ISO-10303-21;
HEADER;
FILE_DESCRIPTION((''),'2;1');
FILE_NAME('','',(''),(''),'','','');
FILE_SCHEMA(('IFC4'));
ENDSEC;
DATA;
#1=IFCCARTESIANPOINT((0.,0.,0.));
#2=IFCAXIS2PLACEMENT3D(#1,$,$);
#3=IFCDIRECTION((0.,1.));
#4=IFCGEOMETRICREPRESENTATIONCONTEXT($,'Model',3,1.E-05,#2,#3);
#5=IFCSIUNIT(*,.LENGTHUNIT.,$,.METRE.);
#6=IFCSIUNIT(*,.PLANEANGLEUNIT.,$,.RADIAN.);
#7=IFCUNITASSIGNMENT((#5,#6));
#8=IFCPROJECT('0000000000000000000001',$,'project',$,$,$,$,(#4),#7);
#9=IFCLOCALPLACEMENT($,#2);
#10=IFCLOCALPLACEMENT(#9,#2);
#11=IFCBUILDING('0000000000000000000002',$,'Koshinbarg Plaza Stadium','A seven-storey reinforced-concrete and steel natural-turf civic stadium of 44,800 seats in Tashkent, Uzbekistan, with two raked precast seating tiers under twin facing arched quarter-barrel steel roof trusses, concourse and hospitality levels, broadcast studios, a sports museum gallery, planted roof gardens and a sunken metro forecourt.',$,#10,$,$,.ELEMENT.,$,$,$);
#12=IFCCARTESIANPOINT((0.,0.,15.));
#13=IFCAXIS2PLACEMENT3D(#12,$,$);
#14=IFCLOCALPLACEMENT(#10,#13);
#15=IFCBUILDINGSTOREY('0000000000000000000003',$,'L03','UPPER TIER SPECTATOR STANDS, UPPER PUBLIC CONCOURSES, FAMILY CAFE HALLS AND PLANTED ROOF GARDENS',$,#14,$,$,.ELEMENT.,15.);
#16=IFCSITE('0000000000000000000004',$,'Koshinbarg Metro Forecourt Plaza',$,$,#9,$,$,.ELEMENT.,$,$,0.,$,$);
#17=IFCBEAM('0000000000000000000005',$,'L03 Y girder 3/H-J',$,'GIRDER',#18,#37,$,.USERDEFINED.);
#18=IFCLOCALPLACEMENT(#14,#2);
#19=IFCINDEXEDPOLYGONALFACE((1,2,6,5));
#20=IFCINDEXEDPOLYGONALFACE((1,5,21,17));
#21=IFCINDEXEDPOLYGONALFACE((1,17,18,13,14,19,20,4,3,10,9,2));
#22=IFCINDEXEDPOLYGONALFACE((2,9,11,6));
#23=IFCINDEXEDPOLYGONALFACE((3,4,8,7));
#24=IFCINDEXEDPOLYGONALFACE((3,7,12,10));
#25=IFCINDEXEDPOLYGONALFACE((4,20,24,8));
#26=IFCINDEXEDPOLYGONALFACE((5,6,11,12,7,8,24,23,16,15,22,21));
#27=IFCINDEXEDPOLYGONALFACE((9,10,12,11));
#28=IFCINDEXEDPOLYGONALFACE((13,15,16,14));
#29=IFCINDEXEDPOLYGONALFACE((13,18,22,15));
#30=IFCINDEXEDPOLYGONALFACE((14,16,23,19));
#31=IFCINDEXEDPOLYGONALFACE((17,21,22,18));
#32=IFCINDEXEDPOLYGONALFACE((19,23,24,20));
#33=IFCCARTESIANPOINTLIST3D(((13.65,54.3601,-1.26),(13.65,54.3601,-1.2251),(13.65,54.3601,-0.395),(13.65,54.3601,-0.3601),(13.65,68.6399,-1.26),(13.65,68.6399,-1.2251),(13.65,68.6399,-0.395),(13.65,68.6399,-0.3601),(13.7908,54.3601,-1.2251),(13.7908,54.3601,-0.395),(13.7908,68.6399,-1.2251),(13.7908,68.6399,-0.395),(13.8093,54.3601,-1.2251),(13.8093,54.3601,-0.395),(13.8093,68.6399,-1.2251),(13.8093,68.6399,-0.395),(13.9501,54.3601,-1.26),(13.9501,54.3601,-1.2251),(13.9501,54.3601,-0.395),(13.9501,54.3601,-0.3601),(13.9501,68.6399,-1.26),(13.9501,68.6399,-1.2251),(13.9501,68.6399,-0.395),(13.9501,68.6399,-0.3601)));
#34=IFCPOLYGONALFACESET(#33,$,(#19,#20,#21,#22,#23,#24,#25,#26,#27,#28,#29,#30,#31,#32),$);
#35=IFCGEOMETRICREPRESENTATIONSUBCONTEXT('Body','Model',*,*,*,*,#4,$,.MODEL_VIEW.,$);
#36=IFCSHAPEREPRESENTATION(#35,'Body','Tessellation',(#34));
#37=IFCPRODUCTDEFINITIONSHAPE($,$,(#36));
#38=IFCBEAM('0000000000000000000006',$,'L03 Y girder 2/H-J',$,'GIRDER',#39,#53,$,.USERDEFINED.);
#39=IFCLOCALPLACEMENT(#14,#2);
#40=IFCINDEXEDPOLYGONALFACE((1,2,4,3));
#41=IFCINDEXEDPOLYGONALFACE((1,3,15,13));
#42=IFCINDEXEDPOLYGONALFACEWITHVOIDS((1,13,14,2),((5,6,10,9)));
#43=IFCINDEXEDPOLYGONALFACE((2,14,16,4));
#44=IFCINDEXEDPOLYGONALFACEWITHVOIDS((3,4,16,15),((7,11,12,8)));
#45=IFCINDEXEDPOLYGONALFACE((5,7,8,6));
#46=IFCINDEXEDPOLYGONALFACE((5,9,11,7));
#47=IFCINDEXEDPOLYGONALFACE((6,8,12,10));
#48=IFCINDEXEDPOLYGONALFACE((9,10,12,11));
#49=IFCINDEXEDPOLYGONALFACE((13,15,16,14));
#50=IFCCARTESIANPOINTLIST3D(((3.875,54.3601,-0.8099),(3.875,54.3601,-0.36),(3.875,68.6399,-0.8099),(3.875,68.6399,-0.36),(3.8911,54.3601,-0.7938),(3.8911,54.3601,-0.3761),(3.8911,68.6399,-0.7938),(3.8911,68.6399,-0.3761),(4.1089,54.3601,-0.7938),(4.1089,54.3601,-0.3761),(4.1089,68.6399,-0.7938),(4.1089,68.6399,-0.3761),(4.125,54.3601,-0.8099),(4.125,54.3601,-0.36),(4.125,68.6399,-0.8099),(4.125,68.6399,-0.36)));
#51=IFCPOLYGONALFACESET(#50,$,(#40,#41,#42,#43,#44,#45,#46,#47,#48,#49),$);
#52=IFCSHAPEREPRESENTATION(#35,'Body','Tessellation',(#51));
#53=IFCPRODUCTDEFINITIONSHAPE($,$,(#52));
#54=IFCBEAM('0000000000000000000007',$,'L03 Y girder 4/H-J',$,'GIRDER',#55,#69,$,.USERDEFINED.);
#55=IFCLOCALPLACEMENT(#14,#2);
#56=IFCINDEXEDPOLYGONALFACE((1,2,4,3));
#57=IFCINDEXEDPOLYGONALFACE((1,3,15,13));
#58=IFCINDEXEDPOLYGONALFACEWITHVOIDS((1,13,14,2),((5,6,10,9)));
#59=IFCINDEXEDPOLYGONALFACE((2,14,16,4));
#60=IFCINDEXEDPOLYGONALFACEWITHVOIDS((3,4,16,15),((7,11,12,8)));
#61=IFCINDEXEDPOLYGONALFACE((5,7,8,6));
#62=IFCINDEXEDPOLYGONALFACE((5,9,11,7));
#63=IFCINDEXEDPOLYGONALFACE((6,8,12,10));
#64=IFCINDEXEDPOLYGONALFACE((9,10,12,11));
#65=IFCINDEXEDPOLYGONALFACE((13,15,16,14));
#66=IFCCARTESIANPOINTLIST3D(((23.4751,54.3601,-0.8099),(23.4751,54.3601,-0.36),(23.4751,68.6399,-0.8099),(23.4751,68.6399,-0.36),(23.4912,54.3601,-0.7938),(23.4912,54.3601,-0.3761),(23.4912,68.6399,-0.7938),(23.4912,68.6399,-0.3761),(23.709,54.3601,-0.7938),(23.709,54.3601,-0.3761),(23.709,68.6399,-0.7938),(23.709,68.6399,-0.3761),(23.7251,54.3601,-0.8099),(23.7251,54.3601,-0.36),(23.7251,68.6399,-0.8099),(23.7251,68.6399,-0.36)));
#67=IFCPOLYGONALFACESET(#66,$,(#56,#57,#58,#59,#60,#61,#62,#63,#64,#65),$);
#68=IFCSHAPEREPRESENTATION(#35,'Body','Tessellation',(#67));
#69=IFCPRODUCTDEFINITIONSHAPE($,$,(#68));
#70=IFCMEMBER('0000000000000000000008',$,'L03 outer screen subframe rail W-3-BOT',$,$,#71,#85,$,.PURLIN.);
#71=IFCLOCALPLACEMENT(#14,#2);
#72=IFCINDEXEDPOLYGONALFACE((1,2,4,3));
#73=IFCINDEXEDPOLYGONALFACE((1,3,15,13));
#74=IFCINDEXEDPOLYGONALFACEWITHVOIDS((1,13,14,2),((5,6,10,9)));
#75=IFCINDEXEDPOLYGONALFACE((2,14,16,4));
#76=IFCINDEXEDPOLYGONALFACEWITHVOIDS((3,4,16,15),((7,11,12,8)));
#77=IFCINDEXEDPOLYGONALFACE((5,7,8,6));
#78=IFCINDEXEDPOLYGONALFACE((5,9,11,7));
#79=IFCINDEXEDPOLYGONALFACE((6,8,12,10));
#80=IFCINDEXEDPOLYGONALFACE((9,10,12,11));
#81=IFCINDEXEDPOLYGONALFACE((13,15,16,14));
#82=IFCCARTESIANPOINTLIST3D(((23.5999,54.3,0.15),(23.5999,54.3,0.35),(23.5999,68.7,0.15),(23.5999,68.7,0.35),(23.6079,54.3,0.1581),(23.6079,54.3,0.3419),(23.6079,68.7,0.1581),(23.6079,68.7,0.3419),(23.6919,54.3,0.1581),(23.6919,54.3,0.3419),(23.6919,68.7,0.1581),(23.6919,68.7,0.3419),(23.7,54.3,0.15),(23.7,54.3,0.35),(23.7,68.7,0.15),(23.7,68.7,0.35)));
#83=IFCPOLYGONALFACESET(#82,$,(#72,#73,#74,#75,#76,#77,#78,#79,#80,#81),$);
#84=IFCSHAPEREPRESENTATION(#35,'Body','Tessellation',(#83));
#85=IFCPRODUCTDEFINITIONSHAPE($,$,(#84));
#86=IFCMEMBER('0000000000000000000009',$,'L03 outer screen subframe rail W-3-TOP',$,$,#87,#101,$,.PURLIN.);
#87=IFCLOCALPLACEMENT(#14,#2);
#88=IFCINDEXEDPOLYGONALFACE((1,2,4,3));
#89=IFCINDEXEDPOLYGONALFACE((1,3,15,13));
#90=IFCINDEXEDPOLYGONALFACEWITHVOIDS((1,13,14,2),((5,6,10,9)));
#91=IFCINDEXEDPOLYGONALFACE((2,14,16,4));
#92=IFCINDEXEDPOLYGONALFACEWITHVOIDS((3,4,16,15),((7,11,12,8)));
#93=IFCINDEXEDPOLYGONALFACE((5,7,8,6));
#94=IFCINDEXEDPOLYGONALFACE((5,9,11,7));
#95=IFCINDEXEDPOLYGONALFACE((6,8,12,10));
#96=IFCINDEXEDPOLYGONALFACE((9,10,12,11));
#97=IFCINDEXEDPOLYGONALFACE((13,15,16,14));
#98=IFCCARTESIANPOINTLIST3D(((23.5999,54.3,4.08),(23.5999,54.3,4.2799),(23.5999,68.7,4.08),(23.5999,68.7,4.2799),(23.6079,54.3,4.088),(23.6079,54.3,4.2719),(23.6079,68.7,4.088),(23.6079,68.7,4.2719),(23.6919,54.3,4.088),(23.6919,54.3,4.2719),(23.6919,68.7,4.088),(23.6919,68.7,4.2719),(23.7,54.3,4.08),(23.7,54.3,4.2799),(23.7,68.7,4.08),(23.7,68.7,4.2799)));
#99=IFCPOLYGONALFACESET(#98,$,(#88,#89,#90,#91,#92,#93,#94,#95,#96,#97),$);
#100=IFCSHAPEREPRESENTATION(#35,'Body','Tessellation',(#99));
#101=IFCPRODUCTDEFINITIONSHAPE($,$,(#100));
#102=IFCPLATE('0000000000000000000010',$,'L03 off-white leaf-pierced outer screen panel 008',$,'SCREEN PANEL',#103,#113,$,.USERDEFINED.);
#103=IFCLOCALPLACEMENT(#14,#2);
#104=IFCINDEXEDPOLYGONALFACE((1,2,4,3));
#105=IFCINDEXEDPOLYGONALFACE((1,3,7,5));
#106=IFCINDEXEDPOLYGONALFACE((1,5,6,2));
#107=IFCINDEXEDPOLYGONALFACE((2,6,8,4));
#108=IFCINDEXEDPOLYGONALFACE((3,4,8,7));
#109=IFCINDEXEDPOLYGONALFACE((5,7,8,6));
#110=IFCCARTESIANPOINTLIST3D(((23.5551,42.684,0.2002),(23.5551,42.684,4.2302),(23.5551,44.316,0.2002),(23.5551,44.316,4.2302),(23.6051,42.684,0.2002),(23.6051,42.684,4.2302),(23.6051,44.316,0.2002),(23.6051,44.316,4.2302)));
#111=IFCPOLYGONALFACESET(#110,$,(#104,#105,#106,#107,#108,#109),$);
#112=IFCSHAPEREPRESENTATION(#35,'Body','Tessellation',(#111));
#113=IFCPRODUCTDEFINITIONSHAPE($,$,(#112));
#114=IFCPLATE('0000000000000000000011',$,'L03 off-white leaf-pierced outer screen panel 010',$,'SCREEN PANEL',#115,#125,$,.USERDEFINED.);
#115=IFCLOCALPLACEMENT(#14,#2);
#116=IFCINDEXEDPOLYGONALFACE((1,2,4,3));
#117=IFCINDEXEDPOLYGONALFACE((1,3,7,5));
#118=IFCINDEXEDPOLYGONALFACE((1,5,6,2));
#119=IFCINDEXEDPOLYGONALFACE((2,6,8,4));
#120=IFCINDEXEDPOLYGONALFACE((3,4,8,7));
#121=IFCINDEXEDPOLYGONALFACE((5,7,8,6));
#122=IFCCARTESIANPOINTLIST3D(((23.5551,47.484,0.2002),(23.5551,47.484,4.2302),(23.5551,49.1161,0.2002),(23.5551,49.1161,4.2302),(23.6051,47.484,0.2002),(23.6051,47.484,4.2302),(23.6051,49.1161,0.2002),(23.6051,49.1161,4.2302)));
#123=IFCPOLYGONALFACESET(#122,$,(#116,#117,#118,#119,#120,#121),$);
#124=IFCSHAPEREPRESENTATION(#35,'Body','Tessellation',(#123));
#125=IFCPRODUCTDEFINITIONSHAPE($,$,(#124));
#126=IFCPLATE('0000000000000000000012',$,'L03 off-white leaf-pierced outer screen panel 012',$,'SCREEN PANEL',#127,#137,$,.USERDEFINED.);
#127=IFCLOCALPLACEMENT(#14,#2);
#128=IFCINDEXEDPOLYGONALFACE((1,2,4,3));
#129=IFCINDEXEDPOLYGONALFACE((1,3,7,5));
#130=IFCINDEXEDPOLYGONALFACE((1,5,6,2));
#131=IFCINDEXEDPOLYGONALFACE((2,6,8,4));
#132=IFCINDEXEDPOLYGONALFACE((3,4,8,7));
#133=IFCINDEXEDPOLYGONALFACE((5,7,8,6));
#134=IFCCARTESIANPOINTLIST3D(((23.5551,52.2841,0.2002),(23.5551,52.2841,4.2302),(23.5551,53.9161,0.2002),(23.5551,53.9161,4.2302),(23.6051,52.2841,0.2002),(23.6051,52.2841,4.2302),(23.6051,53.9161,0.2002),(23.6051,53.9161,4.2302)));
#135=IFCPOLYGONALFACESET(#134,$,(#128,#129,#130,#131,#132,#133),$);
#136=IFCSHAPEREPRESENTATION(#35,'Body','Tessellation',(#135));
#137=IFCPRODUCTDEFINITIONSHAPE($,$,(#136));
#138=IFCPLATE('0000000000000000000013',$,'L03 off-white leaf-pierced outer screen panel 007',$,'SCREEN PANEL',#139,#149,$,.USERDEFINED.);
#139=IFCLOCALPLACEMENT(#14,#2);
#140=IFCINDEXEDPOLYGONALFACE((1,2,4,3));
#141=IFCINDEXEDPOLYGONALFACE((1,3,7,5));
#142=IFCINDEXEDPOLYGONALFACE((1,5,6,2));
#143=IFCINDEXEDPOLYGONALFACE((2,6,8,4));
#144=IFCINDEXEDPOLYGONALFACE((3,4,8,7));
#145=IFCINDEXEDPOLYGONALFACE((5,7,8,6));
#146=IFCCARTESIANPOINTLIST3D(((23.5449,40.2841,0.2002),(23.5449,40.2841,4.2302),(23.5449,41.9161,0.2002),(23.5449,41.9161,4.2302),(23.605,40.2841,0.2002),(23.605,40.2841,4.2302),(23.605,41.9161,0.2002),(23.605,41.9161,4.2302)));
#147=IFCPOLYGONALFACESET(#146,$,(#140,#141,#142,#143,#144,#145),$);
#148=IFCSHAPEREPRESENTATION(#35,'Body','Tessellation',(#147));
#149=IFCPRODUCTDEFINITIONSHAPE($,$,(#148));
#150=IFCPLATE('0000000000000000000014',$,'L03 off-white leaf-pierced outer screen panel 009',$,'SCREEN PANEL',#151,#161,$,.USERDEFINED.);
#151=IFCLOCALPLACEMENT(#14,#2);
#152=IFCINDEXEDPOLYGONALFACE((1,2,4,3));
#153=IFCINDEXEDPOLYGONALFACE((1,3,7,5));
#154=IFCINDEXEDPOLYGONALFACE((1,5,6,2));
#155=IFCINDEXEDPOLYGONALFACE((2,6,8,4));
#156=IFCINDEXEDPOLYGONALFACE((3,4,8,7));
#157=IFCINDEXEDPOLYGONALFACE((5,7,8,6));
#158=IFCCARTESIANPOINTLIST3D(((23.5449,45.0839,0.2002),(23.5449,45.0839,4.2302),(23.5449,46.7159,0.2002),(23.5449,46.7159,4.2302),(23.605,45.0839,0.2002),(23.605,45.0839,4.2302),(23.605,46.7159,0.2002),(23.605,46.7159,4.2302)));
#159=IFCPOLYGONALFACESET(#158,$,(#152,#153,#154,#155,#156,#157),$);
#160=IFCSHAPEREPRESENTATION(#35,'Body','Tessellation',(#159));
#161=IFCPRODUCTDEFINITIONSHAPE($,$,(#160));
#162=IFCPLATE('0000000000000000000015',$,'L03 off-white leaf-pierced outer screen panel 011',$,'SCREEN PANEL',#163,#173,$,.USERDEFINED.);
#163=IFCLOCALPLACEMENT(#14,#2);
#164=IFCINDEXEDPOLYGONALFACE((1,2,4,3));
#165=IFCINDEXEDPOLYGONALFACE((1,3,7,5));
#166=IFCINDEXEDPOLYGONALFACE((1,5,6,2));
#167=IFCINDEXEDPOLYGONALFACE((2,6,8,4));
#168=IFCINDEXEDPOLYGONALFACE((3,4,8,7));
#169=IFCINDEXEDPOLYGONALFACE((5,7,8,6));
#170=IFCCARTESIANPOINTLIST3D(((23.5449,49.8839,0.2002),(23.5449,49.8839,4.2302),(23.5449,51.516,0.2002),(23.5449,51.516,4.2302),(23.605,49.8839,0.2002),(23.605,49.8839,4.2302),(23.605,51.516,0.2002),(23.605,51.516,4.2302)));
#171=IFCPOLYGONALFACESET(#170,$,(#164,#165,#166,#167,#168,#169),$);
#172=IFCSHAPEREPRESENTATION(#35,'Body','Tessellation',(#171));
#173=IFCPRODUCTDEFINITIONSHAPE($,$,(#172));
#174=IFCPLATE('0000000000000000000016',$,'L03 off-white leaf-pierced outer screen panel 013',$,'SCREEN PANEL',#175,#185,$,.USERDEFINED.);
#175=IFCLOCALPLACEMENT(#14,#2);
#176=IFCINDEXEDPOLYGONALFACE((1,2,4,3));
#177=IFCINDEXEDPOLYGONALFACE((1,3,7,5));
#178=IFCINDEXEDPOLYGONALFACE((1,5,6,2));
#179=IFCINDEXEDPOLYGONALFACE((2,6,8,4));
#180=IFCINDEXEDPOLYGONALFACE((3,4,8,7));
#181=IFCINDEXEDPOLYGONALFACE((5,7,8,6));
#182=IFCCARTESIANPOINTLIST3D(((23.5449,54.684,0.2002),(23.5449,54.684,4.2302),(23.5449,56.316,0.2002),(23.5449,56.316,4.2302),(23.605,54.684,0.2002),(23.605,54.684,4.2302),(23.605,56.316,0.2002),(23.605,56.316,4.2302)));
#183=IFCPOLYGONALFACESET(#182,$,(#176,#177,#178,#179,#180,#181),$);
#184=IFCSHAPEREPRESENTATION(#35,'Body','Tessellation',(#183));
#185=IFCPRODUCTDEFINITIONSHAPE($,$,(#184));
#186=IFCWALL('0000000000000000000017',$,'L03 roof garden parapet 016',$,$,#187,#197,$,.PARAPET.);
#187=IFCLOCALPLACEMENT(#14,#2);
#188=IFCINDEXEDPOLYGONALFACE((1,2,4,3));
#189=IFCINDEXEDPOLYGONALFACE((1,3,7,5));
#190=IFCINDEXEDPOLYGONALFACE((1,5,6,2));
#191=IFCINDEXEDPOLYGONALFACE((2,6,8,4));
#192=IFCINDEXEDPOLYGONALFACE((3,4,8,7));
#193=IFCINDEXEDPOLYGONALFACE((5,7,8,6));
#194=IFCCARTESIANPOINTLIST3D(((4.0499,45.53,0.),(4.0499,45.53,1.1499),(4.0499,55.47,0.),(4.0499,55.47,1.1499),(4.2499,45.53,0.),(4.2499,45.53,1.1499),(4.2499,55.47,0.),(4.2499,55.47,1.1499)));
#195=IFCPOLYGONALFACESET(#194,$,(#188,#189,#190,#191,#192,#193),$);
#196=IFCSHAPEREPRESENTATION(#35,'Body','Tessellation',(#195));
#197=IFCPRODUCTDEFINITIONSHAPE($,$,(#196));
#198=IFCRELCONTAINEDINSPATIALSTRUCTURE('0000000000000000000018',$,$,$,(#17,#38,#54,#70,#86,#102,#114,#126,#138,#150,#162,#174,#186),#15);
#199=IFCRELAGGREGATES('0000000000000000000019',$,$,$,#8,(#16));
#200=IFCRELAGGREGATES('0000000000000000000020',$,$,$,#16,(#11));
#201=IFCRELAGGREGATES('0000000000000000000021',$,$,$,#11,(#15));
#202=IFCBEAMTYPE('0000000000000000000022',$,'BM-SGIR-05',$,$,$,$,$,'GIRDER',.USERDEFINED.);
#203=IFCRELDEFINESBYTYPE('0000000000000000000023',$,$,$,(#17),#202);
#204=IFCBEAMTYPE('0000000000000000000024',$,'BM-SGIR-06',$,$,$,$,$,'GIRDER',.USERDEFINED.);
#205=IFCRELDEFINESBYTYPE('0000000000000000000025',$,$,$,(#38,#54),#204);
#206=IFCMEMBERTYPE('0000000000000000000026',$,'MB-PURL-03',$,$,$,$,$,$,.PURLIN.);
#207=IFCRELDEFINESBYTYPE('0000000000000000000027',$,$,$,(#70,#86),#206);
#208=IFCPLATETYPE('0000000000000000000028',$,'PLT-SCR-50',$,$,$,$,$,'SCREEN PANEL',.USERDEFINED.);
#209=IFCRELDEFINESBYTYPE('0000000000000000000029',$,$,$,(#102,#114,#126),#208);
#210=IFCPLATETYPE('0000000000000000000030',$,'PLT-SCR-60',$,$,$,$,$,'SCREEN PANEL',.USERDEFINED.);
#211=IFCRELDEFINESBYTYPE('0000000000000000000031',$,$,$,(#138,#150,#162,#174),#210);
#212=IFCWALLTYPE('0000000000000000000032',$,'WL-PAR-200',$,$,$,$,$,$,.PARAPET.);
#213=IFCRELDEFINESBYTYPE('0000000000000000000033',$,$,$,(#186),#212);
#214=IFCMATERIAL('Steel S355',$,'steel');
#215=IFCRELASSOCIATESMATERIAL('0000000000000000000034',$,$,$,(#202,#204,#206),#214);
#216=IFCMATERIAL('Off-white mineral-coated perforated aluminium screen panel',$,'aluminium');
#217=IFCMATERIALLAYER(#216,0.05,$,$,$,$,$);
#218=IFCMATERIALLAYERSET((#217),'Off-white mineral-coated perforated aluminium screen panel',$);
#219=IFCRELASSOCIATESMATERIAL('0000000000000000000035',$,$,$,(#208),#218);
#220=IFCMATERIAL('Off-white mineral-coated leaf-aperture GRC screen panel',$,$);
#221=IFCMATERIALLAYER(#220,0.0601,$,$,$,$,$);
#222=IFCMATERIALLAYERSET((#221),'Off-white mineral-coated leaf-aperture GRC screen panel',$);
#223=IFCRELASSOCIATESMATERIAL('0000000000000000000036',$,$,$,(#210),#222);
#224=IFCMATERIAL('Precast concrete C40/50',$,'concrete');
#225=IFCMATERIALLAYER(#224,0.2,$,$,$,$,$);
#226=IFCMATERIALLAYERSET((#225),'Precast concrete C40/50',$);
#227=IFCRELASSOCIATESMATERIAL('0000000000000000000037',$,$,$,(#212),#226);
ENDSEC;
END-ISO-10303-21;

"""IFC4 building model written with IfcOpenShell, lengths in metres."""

from ifc_helpers import new_model, si_unit, direction, frame, frame_2d, origin, origin_2d, place, context, subcontext, project, spatial, rectangle, hollow_rectangle, i_section, extrude, material, layer, layer_set, material_profile, profile_set, type_object, element, save


model = new_model("IFC4")

# Units and contexts
model_context = context("Model", 3, precision=1e-05, world=origin(), true_north=direction((0.0, 1.0)))
body_context = subcontext(model_context, "Body", "Model", "MODEL_VIEW")
ifc_project = project(units=[si_unit("LENGTHUNIT", "METRE"), si_unit("PLANEANGLEUNIT", "RADIAN")], contexts=[model_context])

# Site, building, storey
site_placement = place(None, origin())
site = spatial("IfcSite", under=ifc_project, at=site_placement, Name="Koshinbarg Metro Forecourt Plaza", CompositionType="ELEMENT", RefElevation=0.0)
building_placement = place(site_placement, origin())
building = spatial("IfcBuilding", under=site, at=building_placement, Name="Koshinbarg Plaza Stadium", Description="A seven-storey reinforced-concrete and steel natural-turf civic stadium of 44,800 seats in Tashkent, Uzbekistan, with two raked precast seating tiers under twin facing arched quarter-barrel steel roof trusses, concourse and hospitality levels, broadcast studios, a sports museum gallery, planted roof gardens and a sunken metro forecourt.", CompositionType="ELEMENT")
storey_placement = place(building_placement, frame((0.0, 0.0, 15.0)))
storey = spatial("IfcBuildingStorey", under=building, at=storey_placement, Name="L03", Description="UPPER TIER SPECTATOR STANDS, UPPER PUBLIC CONCOURSES, FAMILY CAFE HALLS AND PLANTED ROOF GARDENS", CompositionType="ELEMENT", Elevation=15.0)

# Beams
ifc_material_1 = material(Name="Steel S355", Category="steel")
ifc_material_profile_1 = material_profile(ifc_material_1, i_section(OverallWidth=0.3, OverallDepth=0.8999, WebThickness=0.0186, FlangeThickness=0.0349, at=origin_2d()), Name="HEB 900")
ifc_profile_set_1 = profile_set([ifc_material_profile_1], Name="Steel S355")
beam_type_1 = type_object("IfcBeamType", Name="BM-SGIR-05", ElementType="GIRDER", PredefinedType="USERDEFINED", material=ifc_profile_set_1)
beam_placement = place(storey_placement, frame((13.8, 54.3601, -0.8101), z_axis=(0.0, 1.0, 0.0), x_axis=(-1.0, 0.0, 0.0)))
element("IfcBeam", 1, at=beam_placement, inside=storey, type_object=beam_type_1, Name="L03 Y girder 3/H-J", ObjectType="GIRDER", PredefinedType="USERDEFINED", context=body_context, shape_type="SweptSolid", body=[
    extrude(i_section(OverallWidth=0.3, OverallDepth=0.8999, WebThickness=0.0186, FlangeThickness=0.0349, at=origin_2d()), origin(), (0.0, 0.0, 1.0), 14.2798),
])
ifc_material_profile_2 = material_profile(ifc_material_1, hollow_rectangle(XDim=0.25, YDim=0.45, WallThickness=0.0161, at=origin_2d()), Name="RHS 450x250x16")
ifc_profile_set_2 = profile_set([ifc_material_profile_2], Name="Steel S355")
beam_type_2 = type_object("IfcBeamType", Name="BM-SGIR-06", ElementType="GIRDER", PredefinedType="USERDEFINED", material=ifc_profile_set_2)
for number, where, z_axis, x_axis, name in (
    (2, (4.0, 54.3601, -0.585), (0.0, 1.0, 0.0), (-1.0, 0.0, 0.0), "L03 Y girder 2/H-J"),
    (3, (23.6001, 54.3601, -0.585), (0.0, 1.0, 0.0), (-1.0, 0.0, 0.0), "L03 Y girder 4/H-J"),
):
    element("IfcBeam", number, at=place(storey_placement, frame(where, z_axis=z_axis, x_axis=x_axis)), inside=storey, type_object=beam_type_2, Name=name, ObjectType="GIRDER", PredefinedType="USERDEFINED", context=body_context, shape_type="SweptSolid", body=[
        extrude(hollow_rectangle(XDim=0.25, YDim=0.45, WallThickness=0.0161, at=origin_2d()), origin(), (0.0, 0.0, 1.0), 14.2798),
    ])

# Members
ifc_material_profile_3 = material_profile(ifc_material_1, hollow_rectangle(XDim=0.1001, YDim=0.2, WallThickness=0.0081, at=origin_2d()), Name="RHS 200x100x8")
ifc_profile_set_3 = profile_set([ifc_material_profile_3], Name="Steel S355")
member_type = type_object("IfcMemberType", Name="MB-PURL-03", PredefinedType="PURLIN", material=ifc_profile_set_3)
for number, where, z_axis, x_axis, name in (
    (4, (23.6499, 54.3, 0.25), (0.0, 1.0, 0.0), (-1.0, 0.0, 0.0), "L03 outer screen subframe rail W-3-BOT"),
    (5, (23.6499, 54.3, 4.1799), (0.0, 1.0, 0.0), (-1.0, 0.0, 0.0), "L03 outer screen subframe rail W-3-TOP"),
):
    element("IfcMember", number, at=place(storey_placement, frame(where, z_axis=z_axis, x_axis=x_axis)), inside=storey, type_object=member_type, Name=name, PredefinedType="PURLIN", context=body_context, shape_type="SweptSolid", body=[
        extrude(hollow_rectangle(XDim=0.1001, YDim=0.2, WallThickness=0.0081, at=origin_2d()), origin(), (0.0, 0.0, 1.0), 14.3999),
    ])

# Plates
ifc_material_2 = material(Name="Off-white mineral-coated perforated aluminium screen panel", Category="aluminium")
ifc_layer_1 = layer(ifc_material_2, 0.05)
ifc_layer_set_1 = layer_set([ifc_layer_1], Name="Off-white mineral-coated perforated aluminium screen panel")
plate_type_1 = type_object("IfcPlateType", Name="PLT-SCR-50", ElementType="SCREEN PANEL", PredefinedType="USERDEFINED", material=ifc_layer_set_1)
for number, where, z_axis, x_axis, name in (
    (6, (23.5801, 43.5, 0.2002), (0.0, 0.0, 1.0), (1.0, 0.0, 0.0), "L03 off-white leaf-pierced outer screen panel 008"),
    (7, (23.5801, 48.3, 0.2002), (0.0, 0.0, 1.0), (1.0, 0.0, 0.0), "L03 off-white leaf-pierced outer screen panel 010"),
    (8, (23.5801, 53.1001, 0.2002), (0.0, 0.0, 1.0), (1.0, 0.0, 0.0), "L03 off-white leaf-pierced outer screen panel 012"),
):
    element("IfcPlate", number, at=place(storey_placement, frame(where, z_axis=z_axis, x_axis=x_axis)), inside=storey, type_object=plate_type_1, Name=name, ObjectType="SCREEN PANEL", PredefinedType="USERDEFINED", context=body_context, shape_type="SweptSolid", body=[
        extrude(rectangle(XDim=0.05, YDim=1.6321, at=origin_2d()), origin(), (0.0, 0.0, 1.0), 4.03),
    ])
ifc_material_3 = material(Name="Off-white mineral-coated leaf-aperture GRC screen panel")
ifc_layer_2 = layer(ifc_material_3, 0.0601)
ifc_layer_set_2 = layer_set([ifc_layer_2], Name="Off-white mineral-coated leaf-aperture GRC screen panel")
plate_type_2 = type_object("IfcPlateType", Name="PLT-SCR-60", ElementType="SCREEN PANEL", PredefinedType="USERDEFINED", material=ifc_layer_set_2)
for number, where, z_axis, x_axis, name in (
    (9, (23.575, 41.1001, 0.2002), (0.0, 0.0, 1.0), (1.0, 0.0, 0.0), "L03 off-white leaf-pierced outer screen panel 007"),
    (10, (23.575, 45.8999, 0.2002), (0.0, 0.0, 1.0), (1.0, 0.0, 0.0), "L03 off-white leaf-pierced outer screen panel 009"),
    (11, (23.575, 50.7, 0.2002), (0.0, 0.0, 1.0), (1.0, 0.0, 0.0), "L03 off-white leaf-pierced outer screen panel 011"),
    (12, (23.575, 55.5, 0.2002), (0.0, 0.0, 1.0), (1.0, 0.0, 0.0), "L03 off-white leaf-pierced outer screen panel 013"),
):
    element("IfcPlate", number, at=place(storey_placement, frame(where, z_axis=z_axis, x_axis=x_axis)), inside=storey, type_object=plate_type_2, Name=name, ObjectType="SCREEN PANEL", PredefinedType="USERDEFINED", context=body_context, shape_type="SweptSolid", body=[
        extrude(rectangle(XDim=0.0601, YDim=1.6321, at=origin_2d()), origin(), (0.0, 0.0, 1.0), 4.03),
    ])

# Wall
ifc_material_4 = material(Name="Precast concrete C40/50", Category="concrete")
ifc_layer_3 = layer(ifc_material_4, 0.2)
ifc_layer_set_3 = layer_set([ifc_layer_3], Name="Precast concrete C40/50")
wall_type_1 = type_object("IfcWallType", Name="WL-PAR-200", PredefinedType="PARAPET", material=ifc_layer_set_3)
wall_1_placement = place(storey_placement, frame((4.1499, 55.47, 0.0), z_axis=(0.0, 0.0, 1.0), x_axis=(0.0, -1.0, 0.0)))
element("IfcWall", 13, at=wall_1_placement, inside=storey, type_object=wall_type_1, Name="L03 roof garden parapet 016", PredefinedType="PARAPET", context=body_context, shape_type="SweptSolid", body=[
    extrude(rectangle(XDim=9.9399, YDim=0.2, at=frame_2d((4.97, 0.0))), origin(), (0.0, 0.0, 1.0), 1.1499),
])

save(model, "model.ifc")
